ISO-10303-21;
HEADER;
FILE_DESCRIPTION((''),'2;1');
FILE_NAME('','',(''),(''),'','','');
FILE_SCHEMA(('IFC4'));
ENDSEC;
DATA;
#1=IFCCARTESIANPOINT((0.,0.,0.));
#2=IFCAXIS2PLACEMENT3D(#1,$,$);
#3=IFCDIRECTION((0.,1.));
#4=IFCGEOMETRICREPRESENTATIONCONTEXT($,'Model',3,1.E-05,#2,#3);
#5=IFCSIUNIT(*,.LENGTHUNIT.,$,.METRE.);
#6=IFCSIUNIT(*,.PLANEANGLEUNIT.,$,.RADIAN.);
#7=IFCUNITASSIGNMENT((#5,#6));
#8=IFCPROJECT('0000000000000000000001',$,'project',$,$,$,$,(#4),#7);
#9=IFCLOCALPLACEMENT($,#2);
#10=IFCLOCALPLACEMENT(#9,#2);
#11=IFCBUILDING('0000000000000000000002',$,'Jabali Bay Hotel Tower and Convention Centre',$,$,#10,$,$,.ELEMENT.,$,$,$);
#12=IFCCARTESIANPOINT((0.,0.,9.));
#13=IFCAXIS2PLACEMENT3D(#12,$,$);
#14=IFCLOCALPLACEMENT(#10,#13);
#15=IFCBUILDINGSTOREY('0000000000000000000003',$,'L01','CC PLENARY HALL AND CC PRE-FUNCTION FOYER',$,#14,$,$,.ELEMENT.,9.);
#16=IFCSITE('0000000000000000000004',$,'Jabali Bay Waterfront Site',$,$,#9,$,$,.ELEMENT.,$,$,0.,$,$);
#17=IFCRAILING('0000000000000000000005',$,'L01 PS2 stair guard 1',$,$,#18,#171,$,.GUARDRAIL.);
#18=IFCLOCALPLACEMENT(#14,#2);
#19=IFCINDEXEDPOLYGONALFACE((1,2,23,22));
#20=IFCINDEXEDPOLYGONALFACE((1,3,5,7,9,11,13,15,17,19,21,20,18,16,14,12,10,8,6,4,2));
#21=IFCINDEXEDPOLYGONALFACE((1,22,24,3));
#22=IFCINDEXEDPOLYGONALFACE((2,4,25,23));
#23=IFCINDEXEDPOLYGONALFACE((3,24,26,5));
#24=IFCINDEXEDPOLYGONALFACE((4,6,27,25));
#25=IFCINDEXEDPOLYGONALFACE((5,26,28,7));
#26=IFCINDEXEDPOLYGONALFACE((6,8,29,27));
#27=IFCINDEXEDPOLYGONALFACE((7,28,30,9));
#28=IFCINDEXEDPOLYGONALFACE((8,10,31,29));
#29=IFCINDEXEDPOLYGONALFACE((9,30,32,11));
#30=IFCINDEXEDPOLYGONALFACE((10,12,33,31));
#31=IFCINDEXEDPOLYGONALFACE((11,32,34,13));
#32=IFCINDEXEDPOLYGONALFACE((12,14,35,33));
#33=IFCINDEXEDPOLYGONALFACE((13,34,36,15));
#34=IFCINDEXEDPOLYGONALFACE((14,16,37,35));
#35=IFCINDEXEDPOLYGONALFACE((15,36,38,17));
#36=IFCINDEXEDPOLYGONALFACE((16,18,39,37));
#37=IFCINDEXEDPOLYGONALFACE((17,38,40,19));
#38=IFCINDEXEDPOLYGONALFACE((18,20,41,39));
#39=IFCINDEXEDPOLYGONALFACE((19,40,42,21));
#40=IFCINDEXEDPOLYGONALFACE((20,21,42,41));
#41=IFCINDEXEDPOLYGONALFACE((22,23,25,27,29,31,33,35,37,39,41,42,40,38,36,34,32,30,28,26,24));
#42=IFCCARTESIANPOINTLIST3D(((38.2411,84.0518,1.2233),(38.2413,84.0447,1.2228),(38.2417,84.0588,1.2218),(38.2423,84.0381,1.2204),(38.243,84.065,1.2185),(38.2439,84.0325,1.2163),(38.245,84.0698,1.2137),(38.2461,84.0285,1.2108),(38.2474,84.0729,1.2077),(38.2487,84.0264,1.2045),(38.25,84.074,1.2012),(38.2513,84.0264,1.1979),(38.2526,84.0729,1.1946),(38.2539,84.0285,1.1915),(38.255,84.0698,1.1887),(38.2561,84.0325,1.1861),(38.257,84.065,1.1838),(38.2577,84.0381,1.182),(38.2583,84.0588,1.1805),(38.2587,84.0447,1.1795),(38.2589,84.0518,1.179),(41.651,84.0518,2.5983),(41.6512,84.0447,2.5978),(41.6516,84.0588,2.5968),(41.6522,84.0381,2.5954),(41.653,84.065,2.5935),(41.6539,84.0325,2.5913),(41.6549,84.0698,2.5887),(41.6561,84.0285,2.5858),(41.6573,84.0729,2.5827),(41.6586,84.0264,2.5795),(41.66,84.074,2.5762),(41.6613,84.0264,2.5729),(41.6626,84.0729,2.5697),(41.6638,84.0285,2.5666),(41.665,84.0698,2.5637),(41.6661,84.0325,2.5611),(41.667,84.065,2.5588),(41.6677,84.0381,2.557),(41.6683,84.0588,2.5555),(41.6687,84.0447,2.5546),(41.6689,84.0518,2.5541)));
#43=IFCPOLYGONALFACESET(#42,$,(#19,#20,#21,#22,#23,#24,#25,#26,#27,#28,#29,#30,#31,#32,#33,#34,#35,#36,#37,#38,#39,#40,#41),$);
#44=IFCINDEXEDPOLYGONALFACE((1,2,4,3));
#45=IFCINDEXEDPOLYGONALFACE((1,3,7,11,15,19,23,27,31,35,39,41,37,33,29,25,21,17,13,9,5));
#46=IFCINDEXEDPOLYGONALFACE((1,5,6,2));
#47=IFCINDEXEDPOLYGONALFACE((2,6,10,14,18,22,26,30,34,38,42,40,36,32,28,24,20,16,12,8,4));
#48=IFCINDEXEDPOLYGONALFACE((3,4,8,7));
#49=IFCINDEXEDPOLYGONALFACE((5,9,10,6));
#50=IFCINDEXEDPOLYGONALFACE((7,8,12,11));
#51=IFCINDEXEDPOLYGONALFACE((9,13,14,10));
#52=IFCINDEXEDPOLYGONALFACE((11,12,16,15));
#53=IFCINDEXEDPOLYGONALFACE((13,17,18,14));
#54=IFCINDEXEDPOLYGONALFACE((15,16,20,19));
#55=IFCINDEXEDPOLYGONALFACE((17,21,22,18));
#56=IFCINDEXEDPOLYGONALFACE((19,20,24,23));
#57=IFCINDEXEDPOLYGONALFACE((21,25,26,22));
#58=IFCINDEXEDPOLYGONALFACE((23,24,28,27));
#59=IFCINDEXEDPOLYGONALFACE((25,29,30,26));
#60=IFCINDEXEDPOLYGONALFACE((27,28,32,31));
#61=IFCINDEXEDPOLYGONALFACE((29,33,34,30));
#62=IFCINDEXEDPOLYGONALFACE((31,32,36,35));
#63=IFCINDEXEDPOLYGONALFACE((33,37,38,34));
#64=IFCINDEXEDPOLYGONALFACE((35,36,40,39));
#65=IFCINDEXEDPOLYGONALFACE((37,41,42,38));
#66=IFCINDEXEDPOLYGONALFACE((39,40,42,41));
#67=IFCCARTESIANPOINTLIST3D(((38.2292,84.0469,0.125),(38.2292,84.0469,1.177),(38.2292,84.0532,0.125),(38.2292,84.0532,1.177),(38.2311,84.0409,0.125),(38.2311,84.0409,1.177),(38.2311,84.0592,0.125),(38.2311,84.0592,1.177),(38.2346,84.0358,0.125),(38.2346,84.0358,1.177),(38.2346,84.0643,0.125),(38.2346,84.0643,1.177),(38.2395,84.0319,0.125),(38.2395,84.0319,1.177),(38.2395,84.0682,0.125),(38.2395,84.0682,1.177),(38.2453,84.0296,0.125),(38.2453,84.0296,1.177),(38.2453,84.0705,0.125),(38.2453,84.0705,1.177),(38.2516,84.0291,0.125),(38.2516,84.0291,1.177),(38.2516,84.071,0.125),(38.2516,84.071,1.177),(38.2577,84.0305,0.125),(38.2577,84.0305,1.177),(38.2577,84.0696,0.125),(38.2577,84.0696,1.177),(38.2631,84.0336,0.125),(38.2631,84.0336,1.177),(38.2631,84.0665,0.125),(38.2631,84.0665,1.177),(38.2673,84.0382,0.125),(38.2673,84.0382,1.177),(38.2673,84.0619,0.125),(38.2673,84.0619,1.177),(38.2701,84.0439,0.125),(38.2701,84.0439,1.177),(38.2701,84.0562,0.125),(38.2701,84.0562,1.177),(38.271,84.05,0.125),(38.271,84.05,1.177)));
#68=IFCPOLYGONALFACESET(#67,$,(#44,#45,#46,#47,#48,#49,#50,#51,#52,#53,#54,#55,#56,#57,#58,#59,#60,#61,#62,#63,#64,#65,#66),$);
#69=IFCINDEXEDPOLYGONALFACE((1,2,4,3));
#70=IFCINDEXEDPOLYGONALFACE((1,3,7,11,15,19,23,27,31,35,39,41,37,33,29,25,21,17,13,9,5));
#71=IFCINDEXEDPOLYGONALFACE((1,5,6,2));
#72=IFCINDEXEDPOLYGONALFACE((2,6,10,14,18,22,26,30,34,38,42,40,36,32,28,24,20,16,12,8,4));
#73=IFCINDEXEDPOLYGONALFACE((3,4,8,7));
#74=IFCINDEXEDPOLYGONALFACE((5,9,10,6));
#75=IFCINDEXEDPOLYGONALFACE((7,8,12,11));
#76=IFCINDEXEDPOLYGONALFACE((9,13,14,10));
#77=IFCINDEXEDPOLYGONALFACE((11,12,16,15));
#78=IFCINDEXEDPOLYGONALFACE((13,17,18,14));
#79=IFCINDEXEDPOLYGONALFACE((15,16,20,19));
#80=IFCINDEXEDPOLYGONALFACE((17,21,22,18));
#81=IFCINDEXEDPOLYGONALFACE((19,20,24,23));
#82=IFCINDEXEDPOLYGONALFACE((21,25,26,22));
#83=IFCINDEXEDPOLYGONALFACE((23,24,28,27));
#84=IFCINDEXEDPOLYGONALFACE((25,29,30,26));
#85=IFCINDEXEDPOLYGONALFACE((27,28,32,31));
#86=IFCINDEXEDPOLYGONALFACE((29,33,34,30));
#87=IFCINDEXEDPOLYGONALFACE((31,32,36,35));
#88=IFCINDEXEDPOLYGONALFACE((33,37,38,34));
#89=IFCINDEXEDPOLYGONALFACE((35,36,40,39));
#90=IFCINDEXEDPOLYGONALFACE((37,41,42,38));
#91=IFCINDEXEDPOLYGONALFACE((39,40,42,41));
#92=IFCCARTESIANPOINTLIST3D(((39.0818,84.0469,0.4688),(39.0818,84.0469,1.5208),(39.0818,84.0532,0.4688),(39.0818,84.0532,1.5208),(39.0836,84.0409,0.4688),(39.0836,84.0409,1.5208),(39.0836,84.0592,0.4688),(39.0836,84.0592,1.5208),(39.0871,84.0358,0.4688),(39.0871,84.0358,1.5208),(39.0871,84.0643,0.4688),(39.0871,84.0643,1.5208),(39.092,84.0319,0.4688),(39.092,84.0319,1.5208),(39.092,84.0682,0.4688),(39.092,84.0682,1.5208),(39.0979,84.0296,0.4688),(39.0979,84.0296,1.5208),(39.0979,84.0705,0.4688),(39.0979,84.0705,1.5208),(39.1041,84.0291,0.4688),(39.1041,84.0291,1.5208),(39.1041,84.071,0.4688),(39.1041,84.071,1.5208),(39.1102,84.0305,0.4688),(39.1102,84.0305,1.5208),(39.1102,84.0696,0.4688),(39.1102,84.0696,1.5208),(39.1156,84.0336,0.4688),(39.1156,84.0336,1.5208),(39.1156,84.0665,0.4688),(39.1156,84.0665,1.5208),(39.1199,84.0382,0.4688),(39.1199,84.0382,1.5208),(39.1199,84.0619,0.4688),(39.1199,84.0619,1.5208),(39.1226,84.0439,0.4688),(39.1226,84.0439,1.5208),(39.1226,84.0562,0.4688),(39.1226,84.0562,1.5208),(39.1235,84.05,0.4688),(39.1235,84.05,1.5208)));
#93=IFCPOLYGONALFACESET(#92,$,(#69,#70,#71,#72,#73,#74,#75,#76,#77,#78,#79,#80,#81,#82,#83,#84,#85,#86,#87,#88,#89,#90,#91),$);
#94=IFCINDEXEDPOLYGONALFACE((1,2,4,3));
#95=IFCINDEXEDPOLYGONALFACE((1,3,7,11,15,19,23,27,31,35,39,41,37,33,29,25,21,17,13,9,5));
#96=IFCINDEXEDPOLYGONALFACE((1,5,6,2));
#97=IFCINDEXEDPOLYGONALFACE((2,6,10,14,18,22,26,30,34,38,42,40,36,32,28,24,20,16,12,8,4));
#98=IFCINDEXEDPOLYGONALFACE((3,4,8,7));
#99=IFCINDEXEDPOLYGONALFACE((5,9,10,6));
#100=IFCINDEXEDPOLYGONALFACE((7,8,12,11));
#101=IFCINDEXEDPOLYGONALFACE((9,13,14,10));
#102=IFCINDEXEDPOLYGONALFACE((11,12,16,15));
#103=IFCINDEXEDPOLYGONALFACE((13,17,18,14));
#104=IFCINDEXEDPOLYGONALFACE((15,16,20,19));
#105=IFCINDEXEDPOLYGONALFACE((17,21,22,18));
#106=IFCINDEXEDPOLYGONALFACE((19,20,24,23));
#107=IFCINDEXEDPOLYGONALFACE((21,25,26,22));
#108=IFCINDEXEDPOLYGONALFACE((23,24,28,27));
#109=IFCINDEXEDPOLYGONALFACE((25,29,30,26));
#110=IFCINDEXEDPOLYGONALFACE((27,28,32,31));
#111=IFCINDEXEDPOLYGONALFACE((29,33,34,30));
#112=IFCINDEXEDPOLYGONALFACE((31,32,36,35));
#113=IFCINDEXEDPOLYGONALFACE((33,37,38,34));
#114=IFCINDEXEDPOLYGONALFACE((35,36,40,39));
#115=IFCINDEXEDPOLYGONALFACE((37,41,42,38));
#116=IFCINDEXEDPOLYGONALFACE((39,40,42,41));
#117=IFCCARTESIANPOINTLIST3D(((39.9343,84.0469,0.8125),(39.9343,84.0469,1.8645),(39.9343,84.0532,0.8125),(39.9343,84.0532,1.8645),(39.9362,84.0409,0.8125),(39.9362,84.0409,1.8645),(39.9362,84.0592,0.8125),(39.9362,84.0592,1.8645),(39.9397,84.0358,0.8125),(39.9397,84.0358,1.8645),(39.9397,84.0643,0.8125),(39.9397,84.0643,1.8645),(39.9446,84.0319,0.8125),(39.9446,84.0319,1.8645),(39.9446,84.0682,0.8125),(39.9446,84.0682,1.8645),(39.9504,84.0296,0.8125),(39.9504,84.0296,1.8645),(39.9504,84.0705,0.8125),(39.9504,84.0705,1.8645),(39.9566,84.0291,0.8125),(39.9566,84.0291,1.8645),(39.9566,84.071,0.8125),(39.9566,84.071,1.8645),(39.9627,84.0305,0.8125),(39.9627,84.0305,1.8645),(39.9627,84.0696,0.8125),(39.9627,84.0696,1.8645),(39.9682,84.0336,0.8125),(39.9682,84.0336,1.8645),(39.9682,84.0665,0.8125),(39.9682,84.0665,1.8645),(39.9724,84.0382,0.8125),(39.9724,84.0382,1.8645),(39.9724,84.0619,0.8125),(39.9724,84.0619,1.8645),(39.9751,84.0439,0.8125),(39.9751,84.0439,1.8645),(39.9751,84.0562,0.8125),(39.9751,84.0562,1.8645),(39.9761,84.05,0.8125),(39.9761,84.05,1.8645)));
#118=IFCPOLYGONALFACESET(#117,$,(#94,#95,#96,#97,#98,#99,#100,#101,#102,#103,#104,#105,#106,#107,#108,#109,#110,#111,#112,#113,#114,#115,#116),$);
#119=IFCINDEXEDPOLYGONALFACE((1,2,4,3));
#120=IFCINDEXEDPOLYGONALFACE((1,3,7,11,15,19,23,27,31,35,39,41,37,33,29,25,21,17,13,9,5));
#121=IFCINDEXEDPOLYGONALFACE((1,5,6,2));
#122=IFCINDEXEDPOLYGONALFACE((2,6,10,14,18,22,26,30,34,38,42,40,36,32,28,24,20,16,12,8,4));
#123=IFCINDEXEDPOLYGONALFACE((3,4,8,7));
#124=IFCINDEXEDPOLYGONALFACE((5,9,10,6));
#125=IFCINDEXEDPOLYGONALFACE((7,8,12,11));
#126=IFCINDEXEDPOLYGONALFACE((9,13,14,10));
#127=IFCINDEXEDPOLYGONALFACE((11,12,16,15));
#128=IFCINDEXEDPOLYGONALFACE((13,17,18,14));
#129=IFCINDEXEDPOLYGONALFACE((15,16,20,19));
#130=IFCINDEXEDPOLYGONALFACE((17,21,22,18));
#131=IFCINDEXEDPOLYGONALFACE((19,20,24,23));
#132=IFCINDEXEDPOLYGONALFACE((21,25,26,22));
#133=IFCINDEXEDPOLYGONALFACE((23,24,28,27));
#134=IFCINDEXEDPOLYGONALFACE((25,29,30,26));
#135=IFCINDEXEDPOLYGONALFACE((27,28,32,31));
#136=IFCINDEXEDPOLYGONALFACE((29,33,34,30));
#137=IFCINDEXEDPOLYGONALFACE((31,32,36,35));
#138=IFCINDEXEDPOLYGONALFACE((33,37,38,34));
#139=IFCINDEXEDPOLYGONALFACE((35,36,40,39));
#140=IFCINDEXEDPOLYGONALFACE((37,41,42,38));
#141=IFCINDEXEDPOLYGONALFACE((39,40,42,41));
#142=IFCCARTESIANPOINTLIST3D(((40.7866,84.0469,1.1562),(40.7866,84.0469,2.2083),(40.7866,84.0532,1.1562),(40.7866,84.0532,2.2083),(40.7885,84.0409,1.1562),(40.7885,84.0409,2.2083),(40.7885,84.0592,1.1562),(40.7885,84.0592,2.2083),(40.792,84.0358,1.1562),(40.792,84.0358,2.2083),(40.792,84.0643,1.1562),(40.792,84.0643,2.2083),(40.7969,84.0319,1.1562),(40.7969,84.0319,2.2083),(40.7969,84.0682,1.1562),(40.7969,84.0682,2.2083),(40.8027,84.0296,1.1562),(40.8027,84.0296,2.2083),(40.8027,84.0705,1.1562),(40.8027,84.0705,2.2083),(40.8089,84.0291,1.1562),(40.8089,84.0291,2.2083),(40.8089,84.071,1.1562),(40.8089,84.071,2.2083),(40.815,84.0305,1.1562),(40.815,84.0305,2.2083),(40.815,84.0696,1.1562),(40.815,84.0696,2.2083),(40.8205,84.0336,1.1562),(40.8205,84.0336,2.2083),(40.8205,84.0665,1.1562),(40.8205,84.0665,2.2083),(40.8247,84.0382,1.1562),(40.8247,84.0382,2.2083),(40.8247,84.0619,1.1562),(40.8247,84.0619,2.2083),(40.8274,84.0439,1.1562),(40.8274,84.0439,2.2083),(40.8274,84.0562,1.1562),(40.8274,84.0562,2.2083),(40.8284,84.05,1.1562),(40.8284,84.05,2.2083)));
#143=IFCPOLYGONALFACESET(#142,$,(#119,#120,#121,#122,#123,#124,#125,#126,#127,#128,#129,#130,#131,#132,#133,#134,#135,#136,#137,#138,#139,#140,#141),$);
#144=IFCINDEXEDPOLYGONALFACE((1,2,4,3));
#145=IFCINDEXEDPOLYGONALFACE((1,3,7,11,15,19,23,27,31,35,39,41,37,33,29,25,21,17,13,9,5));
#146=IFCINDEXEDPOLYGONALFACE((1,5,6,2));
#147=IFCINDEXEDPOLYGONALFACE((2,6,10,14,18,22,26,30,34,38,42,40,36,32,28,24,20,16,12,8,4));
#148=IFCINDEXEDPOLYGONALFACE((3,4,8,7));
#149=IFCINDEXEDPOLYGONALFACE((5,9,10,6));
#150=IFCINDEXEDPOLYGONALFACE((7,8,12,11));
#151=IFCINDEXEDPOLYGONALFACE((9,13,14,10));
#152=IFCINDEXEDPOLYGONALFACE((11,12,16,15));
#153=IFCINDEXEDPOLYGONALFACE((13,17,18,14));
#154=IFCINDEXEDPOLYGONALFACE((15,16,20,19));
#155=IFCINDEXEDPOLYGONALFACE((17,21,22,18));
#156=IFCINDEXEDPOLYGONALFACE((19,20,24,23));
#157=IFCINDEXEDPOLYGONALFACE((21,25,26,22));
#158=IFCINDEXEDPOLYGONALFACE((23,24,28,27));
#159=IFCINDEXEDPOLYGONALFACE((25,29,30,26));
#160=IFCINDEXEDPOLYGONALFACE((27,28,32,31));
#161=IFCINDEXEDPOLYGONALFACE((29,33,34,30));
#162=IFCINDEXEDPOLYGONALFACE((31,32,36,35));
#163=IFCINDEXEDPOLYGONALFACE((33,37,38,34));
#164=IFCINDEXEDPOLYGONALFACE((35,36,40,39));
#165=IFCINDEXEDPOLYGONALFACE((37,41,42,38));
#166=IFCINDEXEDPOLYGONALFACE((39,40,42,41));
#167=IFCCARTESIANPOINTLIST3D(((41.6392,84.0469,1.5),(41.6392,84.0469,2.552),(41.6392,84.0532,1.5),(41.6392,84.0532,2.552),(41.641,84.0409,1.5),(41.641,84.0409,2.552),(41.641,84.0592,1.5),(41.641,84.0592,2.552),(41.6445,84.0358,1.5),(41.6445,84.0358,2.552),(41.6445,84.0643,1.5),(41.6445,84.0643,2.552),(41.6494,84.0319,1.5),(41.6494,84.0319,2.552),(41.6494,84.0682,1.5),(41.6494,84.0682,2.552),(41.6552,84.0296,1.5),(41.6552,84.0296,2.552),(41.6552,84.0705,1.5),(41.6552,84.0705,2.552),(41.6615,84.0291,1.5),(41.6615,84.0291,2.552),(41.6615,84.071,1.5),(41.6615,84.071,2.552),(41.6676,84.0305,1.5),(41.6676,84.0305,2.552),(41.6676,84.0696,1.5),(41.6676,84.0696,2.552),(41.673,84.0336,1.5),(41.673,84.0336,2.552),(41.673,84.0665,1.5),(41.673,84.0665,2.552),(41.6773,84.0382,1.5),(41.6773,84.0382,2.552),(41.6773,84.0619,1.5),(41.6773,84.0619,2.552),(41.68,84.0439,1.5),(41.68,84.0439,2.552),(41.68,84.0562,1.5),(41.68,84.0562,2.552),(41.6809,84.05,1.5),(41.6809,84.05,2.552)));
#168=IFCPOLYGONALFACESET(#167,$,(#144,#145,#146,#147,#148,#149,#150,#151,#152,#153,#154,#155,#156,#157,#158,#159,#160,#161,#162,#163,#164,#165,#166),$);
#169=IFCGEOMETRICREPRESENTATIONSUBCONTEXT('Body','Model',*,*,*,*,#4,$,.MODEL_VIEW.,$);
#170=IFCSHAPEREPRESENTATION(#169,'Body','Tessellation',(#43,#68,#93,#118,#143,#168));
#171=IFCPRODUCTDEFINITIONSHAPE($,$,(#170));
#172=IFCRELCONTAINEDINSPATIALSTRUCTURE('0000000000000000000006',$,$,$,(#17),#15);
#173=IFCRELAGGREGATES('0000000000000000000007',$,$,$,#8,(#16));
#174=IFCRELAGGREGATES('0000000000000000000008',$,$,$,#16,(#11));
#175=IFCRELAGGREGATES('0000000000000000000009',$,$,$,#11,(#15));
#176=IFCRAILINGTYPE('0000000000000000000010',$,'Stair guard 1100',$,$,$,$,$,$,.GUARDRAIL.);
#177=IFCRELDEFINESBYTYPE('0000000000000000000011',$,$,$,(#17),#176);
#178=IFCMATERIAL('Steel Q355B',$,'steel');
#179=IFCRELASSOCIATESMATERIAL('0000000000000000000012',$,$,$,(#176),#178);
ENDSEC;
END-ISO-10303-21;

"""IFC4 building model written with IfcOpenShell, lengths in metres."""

from ifc_helpers import new_model, si_unit, direction, frame, origin, origin_2d, place, context, subcontext, project, spatial, circle, extrude, material, type_object, element, save


model = new_model("IFC4")

# Units and contexts
model_context = context("Model", 3, precision=1e-05, world=origin(), true_north=direction((0.0, 1.0)))
body_context = subcontext(model_context, "Body", "Model", "MODEL_VIEW")
ifc_project = project(units=[si_unit("LENGTHUNIT", "METRE"), si_unit("PLANEANGLEUNIT", "RADIAN")], contexts=[model_context])

# Site, building, storey
site_placement = place(None, origin())
site = spatial("IfcSite", under=ifc_project, at=site_placement, Name="Jabali Bay Waterfront Site", CompositionType="ELEMENT", RefElevation=0.0)
building_placement = place(site_placement, origin())
building = spatial("IfcBuilding", under=site, at=building_placement, Name="Jabali Bay Hotel Tower and Convention Centre", CompositionType="ELEMENT")
storey_placement = place(building_placement, frame((0.0, 0.0, 9.0)))
storey = spatial("IfcBuildingStorey", under=building, at=storey_placement, Name="L01", Description="CC PLENARY HALL AND CC PRE-FUNCTION FOYER", CompositionType="ELEMENT", Elevation=9.0)

# Railing
ifc_material_1 = material(Name="Steel Q355B", Category="steel")
railing_type_1 = type_object("IfcRailingType", Name="Stair guard 1100", PredefinedType="GUARDRAIL", material=ifc_material_1)
railing_1_placement = place(storey_placement, frame((38.25, 84.05, 0.125)))
element("IfcRailing", 1, at=railing_1_placement, inside=storey, type_object=railing_type_1, Name="L01 PS2 stair guard 1", PredefinedType="GUARDRAIL", context=body_context, shape_type="SweptSolid", body=[
    extrude(circle(Radius=0.0239, at=origin_2d()), frame((0.0, 0.0, 1.0762), z_axis=(0.927438, 0.0, 0.373977), x_axis=(0.0, 1.0, 0.0)), (0.0, 0.0, 1.0), 3.6768),
    extrude(circle(Radius=0.021, at=origin_2d()), origin(), (0.0, 0.0, 1.0), 1.052),
    extrude(circle(Radius=0.021, at=origin_2d()), frame((0.8525, 0.0, 0.3438)), (0.0, 0.0, 1.0), 1.052),
    extrude(circle(Radius=0.021, at=origin_2d()), frame((1.7051, 0.0, 0.6875)), (0.0, 0.0, 1.0), 1.052),
    extrude(circle(Radius=0.021, at=origin_2d()), frame((2.5574, 0.0, 1.0312)), (0.0, 0.0, 1.0), 1.052),
    extrude(circle(Radius=0.021, at=origin_2d()), frame((3.4099, 0.0, 1.375)), (0.0, 0.0, 1.0), 1.052),
])

save(model, "model.ifc")
